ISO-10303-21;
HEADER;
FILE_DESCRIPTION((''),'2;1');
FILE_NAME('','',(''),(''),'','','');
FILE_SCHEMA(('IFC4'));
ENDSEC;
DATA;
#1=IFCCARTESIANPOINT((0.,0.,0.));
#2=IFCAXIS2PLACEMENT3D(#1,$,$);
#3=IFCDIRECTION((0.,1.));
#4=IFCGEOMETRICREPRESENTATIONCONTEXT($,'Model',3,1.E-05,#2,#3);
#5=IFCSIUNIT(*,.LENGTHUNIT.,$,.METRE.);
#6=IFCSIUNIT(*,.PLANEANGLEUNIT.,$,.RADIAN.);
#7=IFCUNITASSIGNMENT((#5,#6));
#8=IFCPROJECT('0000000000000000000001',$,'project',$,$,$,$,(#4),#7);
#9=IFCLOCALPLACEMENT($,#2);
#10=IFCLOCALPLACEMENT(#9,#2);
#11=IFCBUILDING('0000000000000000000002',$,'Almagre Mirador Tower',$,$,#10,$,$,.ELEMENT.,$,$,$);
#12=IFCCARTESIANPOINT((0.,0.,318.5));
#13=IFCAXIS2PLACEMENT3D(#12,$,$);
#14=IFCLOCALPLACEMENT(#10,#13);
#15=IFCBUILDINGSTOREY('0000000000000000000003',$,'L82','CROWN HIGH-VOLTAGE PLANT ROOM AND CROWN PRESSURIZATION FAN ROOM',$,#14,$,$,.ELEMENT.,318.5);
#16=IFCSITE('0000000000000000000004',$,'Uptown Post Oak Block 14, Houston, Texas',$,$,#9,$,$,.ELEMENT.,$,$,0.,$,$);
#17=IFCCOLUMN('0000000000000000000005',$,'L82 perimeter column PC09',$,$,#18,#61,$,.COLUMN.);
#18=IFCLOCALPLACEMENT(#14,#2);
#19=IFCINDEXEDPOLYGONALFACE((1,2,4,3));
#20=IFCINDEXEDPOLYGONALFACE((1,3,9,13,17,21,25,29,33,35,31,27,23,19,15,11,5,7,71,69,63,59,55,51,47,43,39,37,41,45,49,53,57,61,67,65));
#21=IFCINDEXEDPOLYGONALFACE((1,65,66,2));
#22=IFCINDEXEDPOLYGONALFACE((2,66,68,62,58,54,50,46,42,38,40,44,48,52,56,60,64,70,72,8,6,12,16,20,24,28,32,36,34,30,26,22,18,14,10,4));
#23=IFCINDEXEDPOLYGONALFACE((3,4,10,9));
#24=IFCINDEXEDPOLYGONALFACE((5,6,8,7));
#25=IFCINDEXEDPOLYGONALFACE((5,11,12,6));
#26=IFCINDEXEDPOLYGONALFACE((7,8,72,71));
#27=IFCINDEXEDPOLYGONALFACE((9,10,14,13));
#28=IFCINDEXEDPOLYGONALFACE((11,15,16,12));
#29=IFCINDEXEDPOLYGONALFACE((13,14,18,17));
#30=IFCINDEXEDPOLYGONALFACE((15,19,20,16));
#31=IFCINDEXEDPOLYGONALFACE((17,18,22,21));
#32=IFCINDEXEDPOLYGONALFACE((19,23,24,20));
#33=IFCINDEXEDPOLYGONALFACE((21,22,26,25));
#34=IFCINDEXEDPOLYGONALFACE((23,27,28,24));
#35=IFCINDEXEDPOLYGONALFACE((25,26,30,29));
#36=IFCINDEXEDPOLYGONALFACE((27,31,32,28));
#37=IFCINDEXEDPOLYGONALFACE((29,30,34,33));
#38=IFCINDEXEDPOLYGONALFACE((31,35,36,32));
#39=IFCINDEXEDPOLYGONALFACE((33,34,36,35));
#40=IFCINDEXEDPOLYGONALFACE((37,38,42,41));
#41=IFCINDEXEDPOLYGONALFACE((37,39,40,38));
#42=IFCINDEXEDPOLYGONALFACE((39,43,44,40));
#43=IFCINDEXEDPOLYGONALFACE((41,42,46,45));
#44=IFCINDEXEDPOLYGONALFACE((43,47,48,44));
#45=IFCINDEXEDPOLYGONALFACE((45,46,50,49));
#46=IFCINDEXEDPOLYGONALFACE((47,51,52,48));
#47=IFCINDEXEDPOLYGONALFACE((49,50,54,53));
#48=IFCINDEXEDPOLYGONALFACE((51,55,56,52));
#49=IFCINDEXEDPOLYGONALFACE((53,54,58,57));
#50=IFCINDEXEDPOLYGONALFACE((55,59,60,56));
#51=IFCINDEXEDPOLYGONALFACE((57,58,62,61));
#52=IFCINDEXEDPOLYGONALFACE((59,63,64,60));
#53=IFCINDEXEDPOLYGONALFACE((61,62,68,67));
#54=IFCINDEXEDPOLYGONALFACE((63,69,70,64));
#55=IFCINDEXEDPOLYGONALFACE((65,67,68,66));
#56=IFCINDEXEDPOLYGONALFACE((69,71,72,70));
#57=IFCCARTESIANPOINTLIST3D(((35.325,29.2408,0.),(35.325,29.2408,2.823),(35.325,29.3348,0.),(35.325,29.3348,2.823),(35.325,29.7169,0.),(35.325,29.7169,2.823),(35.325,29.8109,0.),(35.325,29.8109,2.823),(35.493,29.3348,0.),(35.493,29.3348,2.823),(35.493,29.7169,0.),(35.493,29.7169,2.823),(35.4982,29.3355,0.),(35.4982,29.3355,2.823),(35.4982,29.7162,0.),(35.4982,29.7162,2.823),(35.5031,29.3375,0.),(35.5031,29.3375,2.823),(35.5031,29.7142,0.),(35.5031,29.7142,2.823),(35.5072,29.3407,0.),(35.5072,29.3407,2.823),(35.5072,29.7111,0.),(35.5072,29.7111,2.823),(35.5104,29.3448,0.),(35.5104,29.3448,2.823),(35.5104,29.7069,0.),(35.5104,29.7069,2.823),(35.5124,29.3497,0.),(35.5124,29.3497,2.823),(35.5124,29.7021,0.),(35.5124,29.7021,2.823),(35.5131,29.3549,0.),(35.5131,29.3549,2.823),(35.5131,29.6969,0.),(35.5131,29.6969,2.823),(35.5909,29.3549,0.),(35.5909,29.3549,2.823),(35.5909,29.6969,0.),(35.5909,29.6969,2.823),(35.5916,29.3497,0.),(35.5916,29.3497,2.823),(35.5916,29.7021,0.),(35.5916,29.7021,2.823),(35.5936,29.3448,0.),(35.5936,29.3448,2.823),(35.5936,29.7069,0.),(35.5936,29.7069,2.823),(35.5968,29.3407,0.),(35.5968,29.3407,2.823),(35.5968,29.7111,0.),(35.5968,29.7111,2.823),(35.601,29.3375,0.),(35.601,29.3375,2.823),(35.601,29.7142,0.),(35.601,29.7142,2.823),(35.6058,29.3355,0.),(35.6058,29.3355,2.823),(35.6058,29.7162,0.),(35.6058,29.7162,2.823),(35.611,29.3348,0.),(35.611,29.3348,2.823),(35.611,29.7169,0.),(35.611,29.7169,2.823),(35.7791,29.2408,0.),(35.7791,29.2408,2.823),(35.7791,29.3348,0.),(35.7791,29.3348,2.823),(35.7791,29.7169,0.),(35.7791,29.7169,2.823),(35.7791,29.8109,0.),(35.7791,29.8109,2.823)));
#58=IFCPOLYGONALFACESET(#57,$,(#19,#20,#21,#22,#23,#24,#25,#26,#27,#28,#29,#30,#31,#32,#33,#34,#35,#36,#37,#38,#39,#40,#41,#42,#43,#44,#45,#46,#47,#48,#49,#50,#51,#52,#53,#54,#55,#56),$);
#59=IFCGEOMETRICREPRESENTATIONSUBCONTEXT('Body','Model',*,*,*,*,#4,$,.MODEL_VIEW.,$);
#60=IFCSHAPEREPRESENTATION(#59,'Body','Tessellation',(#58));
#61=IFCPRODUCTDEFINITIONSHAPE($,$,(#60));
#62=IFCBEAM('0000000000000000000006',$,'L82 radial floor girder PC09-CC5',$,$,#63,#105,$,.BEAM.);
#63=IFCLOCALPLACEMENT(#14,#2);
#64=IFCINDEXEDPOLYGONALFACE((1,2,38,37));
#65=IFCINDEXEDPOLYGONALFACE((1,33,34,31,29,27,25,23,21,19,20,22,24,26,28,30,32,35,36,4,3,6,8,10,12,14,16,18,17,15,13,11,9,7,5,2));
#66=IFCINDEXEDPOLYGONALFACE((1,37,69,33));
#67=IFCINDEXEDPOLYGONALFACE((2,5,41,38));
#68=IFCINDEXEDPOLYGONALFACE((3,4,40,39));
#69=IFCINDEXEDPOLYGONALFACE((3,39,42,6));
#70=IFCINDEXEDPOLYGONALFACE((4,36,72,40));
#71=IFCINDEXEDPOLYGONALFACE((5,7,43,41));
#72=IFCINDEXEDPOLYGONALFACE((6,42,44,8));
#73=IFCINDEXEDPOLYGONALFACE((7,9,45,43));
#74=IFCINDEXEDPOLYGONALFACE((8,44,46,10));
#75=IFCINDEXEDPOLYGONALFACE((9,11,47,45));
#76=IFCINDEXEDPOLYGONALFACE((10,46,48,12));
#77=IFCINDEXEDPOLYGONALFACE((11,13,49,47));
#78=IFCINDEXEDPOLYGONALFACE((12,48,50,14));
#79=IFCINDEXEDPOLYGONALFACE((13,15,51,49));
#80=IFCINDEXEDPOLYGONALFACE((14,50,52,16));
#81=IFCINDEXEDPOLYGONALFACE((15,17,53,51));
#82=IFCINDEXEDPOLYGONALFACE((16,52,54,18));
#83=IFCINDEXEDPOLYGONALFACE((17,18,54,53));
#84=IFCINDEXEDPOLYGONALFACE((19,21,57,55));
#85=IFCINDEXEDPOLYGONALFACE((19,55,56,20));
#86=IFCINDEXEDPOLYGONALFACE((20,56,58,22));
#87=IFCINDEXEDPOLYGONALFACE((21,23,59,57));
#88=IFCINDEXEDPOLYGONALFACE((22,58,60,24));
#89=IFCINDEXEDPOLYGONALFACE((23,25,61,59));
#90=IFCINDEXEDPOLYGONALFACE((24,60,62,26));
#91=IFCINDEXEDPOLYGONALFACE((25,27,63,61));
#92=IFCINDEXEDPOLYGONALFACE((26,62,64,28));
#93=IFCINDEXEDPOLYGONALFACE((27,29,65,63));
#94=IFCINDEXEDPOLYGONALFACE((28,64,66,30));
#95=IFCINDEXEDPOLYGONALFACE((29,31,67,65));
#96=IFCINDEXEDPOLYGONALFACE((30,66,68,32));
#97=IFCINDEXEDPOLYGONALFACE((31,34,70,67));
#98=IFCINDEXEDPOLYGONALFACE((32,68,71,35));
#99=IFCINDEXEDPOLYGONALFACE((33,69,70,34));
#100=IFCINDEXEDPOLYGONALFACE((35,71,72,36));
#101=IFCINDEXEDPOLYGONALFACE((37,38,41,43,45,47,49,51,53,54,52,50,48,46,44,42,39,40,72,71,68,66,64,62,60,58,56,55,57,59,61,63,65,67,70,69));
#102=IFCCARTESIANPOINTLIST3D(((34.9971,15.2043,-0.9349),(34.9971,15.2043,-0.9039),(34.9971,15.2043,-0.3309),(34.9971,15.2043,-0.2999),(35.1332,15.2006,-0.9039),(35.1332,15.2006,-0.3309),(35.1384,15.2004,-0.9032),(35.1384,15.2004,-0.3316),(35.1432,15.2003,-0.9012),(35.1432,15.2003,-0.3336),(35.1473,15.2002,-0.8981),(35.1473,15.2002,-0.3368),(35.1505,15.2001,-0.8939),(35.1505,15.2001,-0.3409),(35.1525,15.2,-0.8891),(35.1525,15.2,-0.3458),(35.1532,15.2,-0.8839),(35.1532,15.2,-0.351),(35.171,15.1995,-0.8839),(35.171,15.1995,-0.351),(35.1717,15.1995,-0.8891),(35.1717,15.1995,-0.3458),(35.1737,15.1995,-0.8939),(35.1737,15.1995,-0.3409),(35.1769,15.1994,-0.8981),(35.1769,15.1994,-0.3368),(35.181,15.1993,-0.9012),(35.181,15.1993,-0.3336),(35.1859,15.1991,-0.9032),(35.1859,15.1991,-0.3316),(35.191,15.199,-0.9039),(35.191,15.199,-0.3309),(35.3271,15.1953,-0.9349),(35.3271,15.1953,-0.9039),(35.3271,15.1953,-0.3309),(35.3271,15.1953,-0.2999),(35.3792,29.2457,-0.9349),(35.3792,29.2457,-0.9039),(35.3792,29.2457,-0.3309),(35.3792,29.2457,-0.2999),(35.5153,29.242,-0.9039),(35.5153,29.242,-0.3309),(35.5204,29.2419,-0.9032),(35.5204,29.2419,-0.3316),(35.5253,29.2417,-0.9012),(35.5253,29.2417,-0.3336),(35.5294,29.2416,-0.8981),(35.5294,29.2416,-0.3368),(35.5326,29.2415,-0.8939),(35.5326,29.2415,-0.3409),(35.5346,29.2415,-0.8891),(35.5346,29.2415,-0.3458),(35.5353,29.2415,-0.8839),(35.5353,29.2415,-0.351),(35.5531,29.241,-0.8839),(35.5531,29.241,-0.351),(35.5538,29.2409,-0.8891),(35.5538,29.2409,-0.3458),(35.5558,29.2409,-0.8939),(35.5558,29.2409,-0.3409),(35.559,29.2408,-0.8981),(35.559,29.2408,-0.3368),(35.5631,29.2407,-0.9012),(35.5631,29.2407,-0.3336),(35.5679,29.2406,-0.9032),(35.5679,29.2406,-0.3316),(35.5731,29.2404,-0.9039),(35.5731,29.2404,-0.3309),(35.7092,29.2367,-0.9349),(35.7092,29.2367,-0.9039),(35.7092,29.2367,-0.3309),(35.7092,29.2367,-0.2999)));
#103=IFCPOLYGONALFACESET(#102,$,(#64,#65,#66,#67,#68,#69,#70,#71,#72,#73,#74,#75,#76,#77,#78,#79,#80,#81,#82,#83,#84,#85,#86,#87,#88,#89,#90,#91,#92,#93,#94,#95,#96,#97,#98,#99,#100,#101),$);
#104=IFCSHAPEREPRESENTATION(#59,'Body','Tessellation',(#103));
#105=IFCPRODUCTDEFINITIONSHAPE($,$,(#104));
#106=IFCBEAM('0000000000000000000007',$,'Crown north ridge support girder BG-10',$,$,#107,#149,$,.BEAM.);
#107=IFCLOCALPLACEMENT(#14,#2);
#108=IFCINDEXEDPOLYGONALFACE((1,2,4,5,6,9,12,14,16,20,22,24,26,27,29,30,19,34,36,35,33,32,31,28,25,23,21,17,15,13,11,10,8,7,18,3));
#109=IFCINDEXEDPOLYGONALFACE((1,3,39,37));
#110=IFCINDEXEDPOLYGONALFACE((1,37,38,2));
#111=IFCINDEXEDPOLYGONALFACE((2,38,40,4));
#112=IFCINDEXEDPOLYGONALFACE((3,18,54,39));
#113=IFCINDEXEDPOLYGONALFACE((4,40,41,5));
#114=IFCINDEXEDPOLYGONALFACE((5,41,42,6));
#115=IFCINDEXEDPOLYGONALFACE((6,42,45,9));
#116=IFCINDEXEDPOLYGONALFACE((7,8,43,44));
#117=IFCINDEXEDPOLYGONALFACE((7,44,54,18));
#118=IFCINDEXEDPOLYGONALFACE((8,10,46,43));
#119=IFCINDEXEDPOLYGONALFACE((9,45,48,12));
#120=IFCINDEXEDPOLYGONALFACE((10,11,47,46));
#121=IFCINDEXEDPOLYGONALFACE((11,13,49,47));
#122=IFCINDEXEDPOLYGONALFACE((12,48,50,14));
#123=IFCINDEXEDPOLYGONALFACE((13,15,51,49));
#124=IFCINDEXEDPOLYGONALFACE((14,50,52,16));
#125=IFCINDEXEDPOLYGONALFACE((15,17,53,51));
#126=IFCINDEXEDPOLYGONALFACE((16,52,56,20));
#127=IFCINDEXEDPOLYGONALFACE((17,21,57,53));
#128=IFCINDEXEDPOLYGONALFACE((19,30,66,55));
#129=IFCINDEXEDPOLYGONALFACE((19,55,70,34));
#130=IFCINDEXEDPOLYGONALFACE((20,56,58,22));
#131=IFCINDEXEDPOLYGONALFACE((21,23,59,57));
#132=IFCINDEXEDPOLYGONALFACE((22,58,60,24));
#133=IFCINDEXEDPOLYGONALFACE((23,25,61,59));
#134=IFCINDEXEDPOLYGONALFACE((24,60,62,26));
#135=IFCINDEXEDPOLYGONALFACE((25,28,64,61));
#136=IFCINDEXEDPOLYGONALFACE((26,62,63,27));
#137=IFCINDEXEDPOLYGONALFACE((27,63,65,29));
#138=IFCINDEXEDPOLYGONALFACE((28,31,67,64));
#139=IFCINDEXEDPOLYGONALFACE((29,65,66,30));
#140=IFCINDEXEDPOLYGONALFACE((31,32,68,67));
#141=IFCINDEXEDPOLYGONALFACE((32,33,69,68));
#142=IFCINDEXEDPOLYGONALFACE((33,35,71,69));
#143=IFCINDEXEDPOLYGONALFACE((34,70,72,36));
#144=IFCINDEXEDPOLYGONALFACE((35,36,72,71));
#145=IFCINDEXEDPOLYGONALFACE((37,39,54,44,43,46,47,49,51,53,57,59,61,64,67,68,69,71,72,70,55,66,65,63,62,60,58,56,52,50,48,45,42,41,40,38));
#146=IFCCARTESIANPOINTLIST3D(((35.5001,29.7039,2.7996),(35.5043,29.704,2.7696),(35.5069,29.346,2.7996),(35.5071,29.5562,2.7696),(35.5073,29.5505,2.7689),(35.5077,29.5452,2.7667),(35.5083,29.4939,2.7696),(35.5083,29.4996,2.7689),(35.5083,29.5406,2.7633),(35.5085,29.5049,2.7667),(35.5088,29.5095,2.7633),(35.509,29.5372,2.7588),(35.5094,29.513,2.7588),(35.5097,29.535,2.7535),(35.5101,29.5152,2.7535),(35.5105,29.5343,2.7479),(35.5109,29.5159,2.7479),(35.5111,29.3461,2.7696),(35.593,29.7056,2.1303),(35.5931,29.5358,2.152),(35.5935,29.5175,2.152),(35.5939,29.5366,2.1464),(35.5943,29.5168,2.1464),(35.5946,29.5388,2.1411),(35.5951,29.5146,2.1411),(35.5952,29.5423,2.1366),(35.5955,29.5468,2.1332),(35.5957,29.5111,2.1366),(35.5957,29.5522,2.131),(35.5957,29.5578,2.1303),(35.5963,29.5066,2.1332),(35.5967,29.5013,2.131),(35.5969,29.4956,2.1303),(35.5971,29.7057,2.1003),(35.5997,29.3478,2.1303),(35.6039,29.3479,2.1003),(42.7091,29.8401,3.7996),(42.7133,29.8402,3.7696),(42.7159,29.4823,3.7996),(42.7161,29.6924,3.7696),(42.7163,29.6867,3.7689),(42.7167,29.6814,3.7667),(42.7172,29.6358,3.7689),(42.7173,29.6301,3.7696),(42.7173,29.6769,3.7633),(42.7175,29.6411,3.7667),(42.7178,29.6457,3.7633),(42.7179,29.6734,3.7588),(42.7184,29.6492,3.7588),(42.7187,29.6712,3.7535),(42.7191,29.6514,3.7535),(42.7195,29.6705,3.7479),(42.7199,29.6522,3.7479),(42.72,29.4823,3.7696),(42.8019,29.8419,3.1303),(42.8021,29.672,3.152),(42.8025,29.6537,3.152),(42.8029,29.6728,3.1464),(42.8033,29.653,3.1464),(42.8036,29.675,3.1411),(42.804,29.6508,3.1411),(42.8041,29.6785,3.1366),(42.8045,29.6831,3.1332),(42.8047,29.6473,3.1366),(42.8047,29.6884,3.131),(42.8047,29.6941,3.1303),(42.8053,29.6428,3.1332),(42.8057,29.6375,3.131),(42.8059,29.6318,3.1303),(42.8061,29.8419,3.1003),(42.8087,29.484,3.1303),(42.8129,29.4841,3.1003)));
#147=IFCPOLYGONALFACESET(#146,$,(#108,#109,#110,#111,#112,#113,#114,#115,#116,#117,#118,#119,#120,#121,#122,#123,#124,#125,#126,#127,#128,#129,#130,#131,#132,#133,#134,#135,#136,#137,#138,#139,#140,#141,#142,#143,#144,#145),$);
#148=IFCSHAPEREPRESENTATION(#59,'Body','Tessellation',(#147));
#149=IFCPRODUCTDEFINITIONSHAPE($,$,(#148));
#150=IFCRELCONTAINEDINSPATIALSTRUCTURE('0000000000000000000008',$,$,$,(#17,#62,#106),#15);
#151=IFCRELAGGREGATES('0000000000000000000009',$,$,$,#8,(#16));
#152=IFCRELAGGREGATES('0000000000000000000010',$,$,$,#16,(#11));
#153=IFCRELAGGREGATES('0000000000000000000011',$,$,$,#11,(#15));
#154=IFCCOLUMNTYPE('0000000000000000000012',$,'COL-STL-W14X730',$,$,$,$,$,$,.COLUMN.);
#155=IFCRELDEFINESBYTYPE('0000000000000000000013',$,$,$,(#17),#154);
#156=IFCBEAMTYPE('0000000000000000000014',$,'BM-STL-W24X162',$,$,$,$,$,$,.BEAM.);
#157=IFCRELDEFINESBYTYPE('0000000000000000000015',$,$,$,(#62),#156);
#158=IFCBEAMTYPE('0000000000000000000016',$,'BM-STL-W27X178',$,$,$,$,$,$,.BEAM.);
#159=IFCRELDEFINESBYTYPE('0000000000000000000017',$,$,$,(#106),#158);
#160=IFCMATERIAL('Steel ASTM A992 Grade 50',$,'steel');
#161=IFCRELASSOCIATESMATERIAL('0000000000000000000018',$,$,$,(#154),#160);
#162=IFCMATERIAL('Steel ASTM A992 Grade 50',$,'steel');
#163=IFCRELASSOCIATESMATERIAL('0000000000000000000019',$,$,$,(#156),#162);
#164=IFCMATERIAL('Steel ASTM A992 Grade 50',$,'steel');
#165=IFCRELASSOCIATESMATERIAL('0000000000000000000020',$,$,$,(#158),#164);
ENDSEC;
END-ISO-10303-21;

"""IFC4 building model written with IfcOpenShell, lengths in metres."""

from ifc_helpers import new_model, si_unit, direction, frame, origin, origin_2d, place, context, subcontext, project, spatial, i_section, extrude, material, material_profile, profile_set, type_object, element, save


model = new_model("IFC4")

# Units and contexts
model_context = context("Model", 3, precision=1e-05, world=origin(), true_north=direction((0.0, 1.0)))
body_context = subcontext(model_context, "Body", "Model", "MODEL_VIEW")
ifc_project = project(units=[si_unit("LENGTHUNIT", "METRE"), si_unit("PLANEANGLEUNIT", "RADIAN")], contexts=[model_context])

# Site, building, storey
site_placement = place(None, origin())
site = spatial("IfcSite", under=ifc_project, at=site_placement, Name="Uptown Post Oak Block 14, Houston, Texas", CompositionType="ELEMENT", RefElevation=0.0)
building_placement = place(site_placement, origin())
building = spatial("IfcBuilding", under=site, at=building_placement, Name="Almagre Mirador Tower", CompositionType="ELEMENT")
storey_placement = place(building_placement, frame((0.0, 0.0, 318.5)))
storey = spatial("IfcBuildingStorey", under=building, at=storey_placement, Name="L82", Description="CROWN HIGH-VOLTAGE PLANT ROOM AND CROWN PRESSURIZATION FAN ROOM", CompositionType="ELEMENT", Elevation=318.5)

# Column
ifc_material_1 = material(Name="Steel ASTM A992 Grade 50", Category="steel")
ifc_material_profile_1 = material_profile(ifc_material_1, i_section(OverallWidth=0.4541, OverallDepth=0.5701, WebThickness=0.0779, FlangeThickness=0.094, FilletRadius=0.02, at=origin_2d()), Name="W14X730")
ifc_profile_set_1 = profile_set([ifc_material_profile_1], Name="Steel ASTM A992 Grade 50")
column_type = type_object("IfcColumnType", Name="COL-STL-W14X730", PredefinedType="COLUMN", material=ifc_profile_set_1)
column_placement = place(storey_placement, frame((35.552, 29.5259, 0.0), z_axis=(0.0, 0.0, 1.0), x_axis=(1.0, 0.0, 0.0)))
element("IfcColumn", 1, at=column_placement, inside=storey, type_object=column_type, Name="L82 perimeter column PC09", PredefinedType="COLUMN", context=body_context, shape_type="SweptSolid", body=[
    extrude(i_section(OverallWidth=0.4541, OverallDepth=0.5701, WebThickness=0.0779, FlangeThickness=0.094, FilletRadius=0.02, at=origin_2d()), origin(), (0.0, 0.0, 1.0), 2.823),
])

# Beams
ifc_material_2 = material(Name="Steel ASTM A992 Grade 50", Category="steel")
ifc_material_profile_2 = material_profile(ifc_material_2, i_section(OverallWidth=0.3301, OverallDepth=0.635, WebThickness=0.0178, FlangeThickness=0.031, FilletRadius=0.02, at=origin_2d()), Name="W24X162")
ifc_profile_set_2 = profile_set([ifc_material_profile_2], Name="Steel ASTM A992 Grade 50")
beam_type_1 = type_object("IfcBeamType", Name="BM-STL-W24X162", PredefinedType="BEAM", material=ifc_profile_set_2)
beam_1_placement = place(storey_placement, frame((35.5442, 29.2412, -0.6174), z_axis=(-0.027201, -0.99963, 0.0), x_axis=(0.99963, -0.027201, 0.0)))
element("IfcBeam", 2, at=beam_1_placement, inside=storey, type_object=beam_type_1, Name="L82 radial floor girder PC09-CC5", PredefinedType="BEAM", context=body_context, shape_type="SweptSolid", body=[
    extrude(i_section(OverallWidth=0.3301, OverallDepth=0.635, WebThickness=0.0178, FlangeThickness=0.031, FilletRadius=0.02, at=origin_2d()), origin(), (0.0, 0.0, 1.0), 14.0466),
])
ifc_material_3 = material(Name="Steel ASTM A992 Grade 50", Category="steel")
ifc_material_profile_3 = material_profile(ifc_material_3, i_section(OverallWidth=0.3579, OverallDepth=0.7061, WebThickness=0.0183, FlangeThickness=0.0303, FilletRadius=0.022, at=origin_2d()), Name="W27X178")
ifc_profile_set_3 = profile_set([ifc_material_profile_3], Name="Steel ASTM A992 Grade 50")
beam_type_2 = type_object("IfcBeamType", Name="BM-STL-W27X178", PredefinedType="BEAM", material=ifc_profile_set_3)
beam_2_placement = place(storey_placement, frame((35.552, 29.5259, 2.45), z_axis=(0.990342, 0.018715, 0.137376), x_axis=(-0.018894, 0.999821, 0.0)))
element("IfcBeam", 3, at=beam_2_placement, inside=storey, type_object=beam_type_2, Name="Crown north ridge support girder BG-10", PredefinedType="BEAM", context=body_context, shape_type="SweptSolid", body=[
    extrude(i_section(OverallWidth=0.3579, OverallDepth=0.7061, WebThickness=0.0183, FlangeThickness=0.0303, FilletRadius=0.022, at=origin_2d()), origin(), (0.0, 0.0, 1.0), 7.2793),
])

save(model, "model.ifc")
